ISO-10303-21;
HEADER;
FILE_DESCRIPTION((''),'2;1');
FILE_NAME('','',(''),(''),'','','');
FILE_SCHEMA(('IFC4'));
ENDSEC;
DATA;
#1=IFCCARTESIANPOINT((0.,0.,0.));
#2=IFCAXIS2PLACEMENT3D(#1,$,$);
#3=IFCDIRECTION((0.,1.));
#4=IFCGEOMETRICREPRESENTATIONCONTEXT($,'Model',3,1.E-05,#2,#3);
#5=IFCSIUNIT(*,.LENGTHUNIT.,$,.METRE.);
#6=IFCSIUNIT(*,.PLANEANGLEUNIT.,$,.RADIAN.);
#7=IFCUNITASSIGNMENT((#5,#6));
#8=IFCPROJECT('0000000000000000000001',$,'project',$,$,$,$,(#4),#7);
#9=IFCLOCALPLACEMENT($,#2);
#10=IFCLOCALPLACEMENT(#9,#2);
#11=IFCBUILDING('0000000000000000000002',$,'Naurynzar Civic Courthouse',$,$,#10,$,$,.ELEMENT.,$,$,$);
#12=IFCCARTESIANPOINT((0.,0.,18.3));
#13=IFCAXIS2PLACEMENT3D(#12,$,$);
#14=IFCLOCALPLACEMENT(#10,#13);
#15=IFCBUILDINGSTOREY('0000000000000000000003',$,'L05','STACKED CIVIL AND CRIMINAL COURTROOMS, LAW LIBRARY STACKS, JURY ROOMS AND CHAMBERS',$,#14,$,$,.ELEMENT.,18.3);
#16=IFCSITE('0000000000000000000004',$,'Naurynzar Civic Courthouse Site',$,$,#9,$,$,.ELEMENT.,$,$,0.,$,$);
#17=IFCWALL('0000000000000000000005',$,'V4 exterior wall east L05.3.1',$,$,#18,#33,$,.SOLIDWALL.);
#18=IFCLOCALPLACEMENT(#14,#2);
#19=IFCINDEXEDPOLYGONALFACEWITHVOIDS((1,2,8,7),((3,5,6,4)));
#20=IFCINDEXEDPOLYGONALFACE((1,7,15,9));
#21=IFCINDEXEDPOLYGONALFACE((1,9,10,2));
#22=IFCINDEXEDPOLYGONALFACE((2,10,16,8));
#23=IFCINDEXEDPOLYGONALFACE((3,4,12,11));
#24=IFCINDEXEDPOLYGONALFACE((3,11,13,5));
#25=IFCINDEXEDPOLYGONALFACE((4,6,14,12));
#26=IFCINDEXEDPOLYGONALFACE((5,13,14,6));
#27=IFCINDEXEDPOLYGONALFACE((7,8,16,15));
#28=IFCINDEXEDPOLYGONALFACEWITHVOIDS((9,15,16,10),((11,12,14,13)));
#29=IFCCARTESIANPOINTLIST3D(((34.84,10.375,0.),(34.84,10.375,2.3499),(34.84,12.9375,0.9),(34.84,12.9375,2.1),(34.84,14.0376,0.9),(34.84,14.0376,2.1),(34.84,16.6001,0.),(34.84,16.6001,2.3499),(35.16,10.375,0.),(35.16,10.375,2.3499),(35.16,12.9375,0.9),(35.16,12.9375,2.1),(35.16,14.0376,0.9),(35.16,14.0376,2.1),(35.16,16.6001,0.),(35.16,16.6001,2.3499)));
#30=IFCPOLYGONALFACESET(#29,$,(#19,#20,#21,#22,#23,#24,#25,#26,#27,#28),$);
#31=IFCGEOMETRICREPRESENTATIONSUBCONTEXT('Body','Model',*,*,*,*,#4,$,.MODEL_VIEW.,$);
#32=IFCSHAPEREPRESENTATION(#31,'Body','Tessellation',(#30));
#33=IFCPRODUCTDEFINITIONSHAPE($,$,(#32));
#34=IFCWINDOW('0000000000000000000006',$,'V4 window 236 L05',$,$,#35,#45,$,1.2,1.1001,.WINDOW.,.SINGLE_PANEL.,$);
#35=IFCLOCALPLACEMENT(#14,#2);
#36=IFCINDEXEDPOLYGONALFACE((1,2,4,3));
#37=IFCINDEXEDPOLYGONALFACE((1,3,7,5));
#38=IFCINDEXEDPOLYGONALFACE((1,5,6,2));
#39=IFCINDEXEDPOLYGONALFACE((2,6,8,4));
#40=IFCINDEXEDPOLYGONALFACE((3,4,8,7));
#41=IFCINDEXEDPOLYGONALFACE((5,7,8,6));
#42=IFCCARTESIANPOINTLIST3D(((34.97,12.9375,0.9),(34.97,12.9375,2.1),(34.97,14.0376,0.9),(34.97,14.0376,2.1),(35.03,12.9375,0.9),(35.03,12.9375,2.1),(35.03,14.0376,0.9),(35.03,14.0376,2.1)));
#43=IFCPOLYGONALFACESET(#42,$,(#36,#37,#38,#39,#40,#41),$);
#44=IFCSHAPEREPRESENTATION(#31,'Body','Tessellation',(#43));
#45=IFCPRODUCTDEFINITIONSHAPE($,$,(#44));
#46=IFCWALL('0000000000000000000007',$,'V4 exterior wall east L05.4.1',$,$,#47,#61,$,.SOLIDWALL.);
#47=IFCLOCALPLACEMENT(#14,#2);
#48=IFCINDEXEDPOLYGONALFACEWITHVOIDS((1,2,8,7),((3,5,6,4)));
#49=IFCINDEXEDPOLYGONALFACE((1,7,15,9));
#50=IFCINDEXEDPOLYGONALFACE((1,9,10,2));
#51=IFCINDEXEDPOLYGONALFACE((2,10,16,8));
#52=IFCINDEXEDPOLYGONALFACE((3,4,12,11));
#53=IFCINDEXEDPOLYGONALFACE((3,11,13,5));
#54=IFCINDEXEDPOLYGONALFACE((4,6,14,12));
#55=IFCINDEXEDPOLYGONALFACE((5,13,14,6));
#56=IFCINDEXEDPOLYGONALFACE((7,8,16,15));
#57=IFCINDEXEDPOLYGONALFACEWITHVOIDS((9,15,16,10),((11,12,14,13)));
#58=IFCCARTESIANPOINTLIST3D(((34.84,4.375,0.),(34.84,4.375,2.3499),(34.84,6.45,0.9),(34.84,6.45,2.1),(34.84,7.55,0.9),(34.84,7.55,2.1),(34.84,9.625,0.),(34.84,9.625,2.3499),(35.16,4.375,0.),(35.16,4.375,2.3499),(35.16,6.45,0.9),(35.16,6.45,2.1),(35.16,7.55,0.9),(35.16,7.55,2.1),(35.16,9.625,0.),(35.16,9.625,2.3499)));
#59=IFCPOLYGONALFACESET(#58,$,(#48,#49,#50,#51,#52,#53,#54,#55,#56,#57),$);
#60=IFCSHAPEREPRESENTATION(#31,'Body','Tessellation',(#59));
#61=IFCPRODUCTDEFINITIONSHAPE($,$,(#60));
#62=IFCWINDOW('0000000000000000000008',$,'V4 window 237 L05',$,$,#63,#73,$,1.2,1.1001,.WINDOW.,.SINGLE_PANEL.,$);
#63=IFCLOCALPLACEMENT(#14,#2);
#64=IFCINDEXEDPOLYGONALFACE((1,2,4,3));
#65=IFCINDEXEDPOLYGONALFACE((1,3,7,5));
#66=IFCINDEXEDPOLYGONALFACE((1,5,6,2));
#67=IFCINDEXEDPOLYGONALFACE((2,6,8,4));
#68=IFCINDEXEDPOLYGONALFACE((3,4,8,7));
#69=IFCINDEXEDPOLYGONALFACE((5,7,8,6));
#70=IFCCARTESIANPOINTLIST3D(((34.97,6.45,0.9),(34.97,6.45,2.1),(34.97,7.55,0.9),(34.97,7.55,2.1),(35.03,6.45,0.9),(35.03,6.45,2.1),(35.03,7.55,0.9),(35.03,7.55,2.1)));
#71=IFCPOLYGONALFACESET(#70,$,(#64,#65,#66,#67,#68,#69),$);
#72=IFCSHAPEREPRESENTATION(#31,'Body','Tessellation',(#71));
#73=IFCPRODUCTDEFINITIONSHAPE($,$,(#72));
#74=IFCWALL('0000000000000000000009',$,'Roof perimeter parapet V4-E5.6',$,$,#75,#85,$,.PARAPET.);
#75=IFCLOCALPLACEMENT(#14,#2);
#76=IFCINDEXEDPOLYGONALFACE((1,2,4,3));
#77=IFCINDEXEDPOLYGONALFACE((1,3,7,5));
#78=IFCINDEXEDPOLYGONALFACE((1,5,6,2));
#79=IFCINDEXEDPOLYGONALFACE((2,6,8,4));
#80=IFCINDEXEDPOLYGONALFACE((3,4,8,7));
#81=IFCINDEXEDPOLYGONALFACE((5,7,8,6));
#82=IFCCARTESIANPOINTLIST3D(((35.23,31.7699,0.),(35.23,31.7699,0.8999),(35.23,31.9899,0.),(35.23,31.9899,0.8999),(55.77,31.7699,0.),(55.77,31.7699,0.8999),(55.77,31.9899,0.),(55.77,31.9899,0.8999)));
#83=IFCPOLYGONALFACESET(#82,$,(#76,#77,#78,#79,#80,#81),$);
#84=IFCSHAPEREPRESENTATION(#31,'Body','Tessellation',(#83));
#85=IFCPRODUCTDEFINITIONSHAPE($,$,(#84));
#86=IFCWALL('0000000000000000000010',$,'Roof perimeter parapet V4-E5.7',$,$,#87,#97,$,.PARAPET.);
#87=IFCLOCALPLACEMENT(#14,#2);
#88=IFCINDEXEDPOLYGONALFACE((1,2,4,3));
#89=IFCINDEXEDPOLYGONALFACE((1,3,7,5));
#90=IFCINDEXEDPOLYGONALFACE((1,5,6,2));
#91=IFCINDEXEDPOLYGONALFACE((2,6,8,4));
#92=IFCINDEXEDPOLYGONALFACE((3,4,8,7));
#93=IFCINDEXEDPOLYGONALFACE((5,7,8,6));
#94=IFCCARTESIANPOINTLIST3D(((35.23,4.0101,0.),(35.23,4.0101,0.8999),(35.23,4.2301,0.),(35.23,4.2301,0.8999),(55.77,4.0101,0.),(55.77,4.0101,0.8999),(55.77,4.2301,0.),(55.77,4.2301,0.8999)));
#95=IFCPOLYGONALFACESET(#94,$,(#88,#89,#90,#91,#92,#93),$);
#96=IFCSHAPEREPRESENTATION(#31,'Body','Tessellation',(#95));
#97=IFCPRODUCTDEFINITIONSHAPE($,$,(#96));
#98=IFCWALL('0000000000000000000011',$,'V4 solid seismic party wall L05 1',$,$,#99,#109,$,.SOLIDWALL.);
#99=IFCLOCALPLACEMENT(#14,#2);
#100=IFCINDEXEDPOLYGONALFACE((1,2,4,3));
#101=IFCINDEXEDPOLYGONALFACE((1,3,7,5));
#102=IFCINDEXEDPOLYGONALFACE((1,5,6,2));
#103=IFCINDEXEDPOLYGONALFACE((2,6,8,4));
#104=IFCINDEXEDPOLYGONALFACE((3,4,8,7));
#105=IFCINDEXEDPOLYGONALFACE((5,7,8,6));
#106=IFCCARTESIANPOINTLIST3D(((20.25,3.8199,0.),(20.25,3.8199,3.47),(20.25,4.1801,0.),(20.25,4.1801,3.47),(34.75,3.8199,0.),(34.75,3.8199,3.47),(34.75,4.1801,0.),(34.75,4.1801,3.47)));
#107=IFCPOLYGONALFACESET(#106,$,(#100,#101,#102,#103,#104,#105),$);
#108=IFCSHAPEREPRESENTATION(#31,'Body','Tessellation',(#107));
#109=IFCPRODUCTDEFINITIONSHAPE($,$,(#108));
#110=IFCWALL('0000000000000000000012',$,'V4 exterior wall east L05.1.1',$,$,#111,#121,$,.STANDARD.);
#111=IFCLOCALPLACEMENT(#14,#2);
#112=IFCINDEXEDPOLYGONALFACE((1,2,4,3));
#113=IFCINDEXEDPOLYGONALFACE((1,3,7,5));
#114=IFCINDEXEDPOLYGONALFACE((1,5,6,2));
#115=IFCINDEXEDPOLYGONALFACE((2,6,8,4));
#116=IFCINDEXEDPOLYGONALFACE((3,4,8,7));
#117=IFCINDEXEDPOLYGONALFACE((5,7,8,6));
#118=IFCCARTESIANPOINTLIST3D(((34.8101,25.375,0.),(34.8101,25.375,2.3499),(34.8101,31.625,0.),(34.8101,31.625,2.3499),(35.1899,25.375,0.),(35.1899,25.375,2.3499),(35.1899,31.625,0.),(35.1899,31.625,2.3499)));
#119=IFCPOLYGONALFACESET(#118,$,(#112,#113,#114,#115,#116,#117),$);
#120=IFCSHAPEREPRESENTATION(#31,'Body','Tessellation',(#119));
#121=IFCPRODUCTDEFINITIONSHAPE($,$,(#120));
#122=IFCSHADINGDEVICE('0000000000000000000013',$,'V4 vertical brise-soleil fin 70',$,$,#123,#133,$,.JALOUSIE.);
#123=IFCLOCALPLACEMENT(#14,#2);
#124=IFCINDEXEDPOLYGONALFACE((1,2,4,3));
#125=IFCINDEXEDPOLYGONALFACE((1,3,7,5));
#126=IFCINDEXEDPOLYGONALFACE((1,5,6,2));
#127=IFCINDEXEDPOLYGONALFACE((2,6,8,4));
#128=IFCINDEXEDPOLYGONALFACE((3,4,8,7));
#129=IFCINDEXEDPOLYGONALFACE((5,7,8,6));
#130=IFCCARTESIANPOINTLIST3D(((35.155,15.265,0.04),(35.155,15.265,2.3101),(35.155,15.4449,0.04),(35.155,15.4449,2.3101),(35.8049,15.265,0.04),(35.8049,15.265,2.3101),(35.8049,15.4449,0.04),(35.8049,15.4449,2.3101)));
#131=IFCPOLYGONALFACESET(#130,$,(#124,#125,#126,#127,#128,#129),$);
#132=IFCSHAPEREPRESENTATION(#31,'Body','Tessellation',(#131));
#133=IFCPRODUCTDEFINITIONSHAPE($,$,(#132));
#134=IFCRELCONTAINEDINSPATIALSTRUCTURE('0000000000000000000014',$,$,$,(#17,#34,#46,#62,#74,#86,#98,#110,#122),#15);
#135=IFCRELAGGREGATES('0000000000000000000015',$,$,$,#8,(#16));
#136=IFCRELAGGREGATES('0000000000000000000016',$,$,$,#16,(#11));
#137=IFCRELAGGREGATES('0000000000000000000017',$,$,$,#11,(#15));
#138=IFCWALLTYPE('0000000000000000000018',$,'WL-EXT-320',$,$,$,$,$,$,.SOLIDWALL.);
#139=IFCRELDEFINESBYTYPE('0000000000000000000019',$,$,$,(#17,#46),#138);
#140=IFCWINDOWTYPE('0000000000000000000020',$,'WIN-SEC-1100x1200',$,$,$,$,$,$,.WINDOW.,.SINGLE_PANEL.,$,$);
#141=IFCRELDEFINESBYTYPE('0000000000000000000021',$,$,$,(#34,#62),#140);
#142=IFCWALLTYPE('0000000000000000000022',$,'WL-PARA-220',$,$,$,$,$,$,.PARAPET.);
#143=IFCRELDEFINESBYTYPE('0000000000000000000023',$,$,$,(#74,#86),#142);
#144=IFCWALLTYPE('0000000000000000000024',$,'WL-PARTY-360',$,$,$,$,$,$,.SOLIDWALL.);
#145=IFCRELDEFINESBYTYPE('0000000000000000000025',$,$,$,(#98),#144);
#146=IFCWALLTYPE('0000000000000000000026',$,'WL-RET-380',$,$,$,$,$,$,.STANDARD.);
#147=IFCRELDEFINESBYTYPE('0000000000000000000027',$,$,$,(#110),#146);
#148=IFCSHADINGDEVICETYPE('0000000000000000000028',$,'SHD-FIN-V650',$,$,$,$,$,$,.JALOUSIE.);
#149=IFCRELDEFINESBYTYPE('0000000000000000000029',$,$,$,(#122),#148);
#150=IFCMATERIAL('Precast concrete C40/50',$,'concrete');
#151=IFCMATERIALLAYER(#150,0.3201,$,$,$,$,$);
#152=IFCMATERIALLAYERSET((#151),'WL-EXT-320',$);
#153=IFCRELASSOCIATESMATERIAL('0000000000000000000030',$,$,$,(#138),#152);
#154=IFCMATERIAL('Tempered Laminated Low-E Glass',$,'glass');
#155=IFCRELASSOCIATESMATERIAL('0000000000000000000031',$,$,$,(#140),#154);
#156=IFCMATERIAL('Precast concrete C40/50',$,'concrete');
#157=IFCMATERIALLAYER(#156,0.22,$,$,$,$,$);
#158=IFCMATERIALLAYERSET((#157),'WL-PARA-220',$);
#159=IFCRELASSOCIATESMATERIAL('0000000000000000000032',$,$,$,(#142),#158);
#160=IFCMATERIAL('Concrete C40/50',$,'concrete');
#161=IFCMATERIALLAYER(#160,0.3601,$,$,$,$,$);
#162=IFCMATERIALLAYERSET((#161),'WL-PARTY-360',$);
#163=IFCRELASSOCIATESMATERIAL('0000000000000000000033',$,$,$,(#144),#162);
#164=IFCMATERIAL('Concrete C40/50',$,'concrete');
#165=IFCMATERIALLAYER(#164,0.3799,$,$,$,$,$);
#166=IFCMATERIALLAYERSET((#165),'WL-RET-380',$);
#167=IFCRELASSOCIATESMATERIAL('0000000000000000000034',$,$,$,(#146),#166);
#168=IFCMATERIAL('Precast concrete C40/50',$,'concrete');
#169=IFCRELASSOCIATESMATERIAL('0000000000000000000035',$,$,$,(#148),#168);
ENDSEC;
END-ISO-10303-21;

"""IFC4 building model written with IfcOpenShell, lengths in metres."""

from ifc_helpers import new_model, si_unit, direction, frame, frame_2d, origin, origin_2d, place, context, subcontext, project, spatial, rectangle, extrude, material, layer, layer_set, type_object, element, fill, save


model = new_model("IFC4")

# Units and contexts
model_context = context("Model", 3, precision=1e-05, world=origin(), true_north=direction((0.0, 1.0)))
body_context = subcontext(model_context, "Body", "Model", "MODEL_VIEW")
ifc_project = project(units=[si_unit("LENGTHUNIT", "METRE"), si_unit("PLANEANGLEUNIT", "RADIAN")], contexts=[model_context])

# Site, building, storey
site_placement = place(None, origin())
site = spatial("IfcSite", under=ifc_project, at=site_placement, Name="Naurynzar Civic Courthouse Site", CompositionType="ELEMENT", RefElevation=0.0)
building_placement = place(site_placement, origin())
building = spatial("IfcBuilding", under=site, at=building_placement, Name="Naurynzar Civic Courthouse", CompositionType="ELEMENT")
storey_placement = place(building_placement, frame((0.0, 0.0, 18.3)))
storey = spatial("IfcBuildingStorey", under=building, at=storey_placement, Name="L05", Description="STACKED CIVIL AND CRIMINAL COURTROOMS, LAW LIBRARY STACKS, JURY ROOMS AND CHAMBERS", CompositionType="ELEMENT", Elevation=18.3)

# Walls, openings, windows
ifc_material_1 = material(Name="Precast concrete C40/50", Category="concrete")
ifc_layer_1 = layer(ifc_material_1, 0.3201)
ifc_layer_set_1 = layer_set([ifc_layer_1], Name="WL-EXT-320")
wall_type_1 = type_object("IfcWallType", Name="WL-EXT-320", PredefinedType="SOLIDWALL", material=ifc_layer_set_1)
ifc_material_2 = material(Name="Tempered Laminated Low-E Glass", Category="glass")
window_type = type_object("IfcWindowType", Name="WIN-SEC-1100x1200", PartitioningType="SINGLE_PANEL", PredefinedType="WINDOW", material=ifc_material_2)
wall_1_placement = place(storey_placement, frame((35.0, 16.6001, 0.0), z_axis=(0.0, 0.0, 1.0), x_axis=(0.0, -1.0, 0.0)))
wall_1 = element("IfcWall", 1, at=wall_1_placement, inside=storey, type_object=wall_type_1, Name="V4 exterior wall east L05.3.1", PredefinedType="SOLIDWALL", context=body_context, shape_type="SweptSolid", body=[
    extrude(rectangle(XDim=6.2251, YDim=0.3201, at=frame_2d((3.1125, 0.0))), origin(), (0.0, 0.0, 1.0), 2.3499),
])
opening_1_placement = place(wall_1_placement, frame((2.5625, 0.0, 0.8999)))
opening_1 = element("IfcOpeningElement", 2, at=opening_1_placement, cuts=wall_1, PredefinedType="OPENING", context=body_context, shape_type="SweptSolid", body=[
    extrude(rectangle(XDim=1.1001, YDim=1.2, at=frame_2d((0.55, 0.6001))), frame((0.0, 0.1699, 0.0), z_axis=(0.0, -1.0, 0.0), x_axis=(1.0, 0.0, 0.0)), (0.0, 0.0, 1.0), 0.3401),
])
window_1_placement = place(opening_1_placement, origin())
window_1 = element("IfcWindow", 3, at=window_1_placement, inside=storey, type_object=window_type, Name="V4 window 236 L05", OverallHeight=1.2, OverallWidth=1.1001, PartitioningType="SINGLE_PANEL", PredefinedType="WINDOW", context=body_context, shape_type="SweptSolid", body=[
    extrude(rectangle(XDim=1.1001, YDim=1.2, at=frame_2d((0.55, 0.6001))), frame((0.0, 0.03, 0.0), z_axis=(0.0, -1.0, 0.0), x_axis=(1.0, 0.0, 0.0)), (0.0, 0.0, 1.0), 0.0601),
])
fill(opening_1, window_1)
wall_2_placement = place(storey_placement, frame((35.0, 9.625, 0.0), z_axis=(0.0, 0.0, 1.0), x_axis=(0.0, -1.0, 0.0)))
wall_2 = element("IfcWall", 4, at=wall_2_placement, inside=storey, type_object=wall_type_1, Name="V4 exterior wall east L05.4.1", PredefinedType="SOLIDWALL", context=body_context, shape_type="SweptSolid", body=[
    extrude(rectangle(XDim=5.25, YDim=0.3201, at=frame_2d((2.625, 0.0))), origin(), (0.0, 0.0, 1.0), 2.3499),
])
opening_2_placement = place(wall_2_placement, frame((2.075, 0.0, 0.8999)))
opening_2 = element("IfcOpeningElement", 5, at=opening_2_placement, cuts=wall_2, PredefinedType="OPENING", context=body_context, shape_type="SweptSolid", body=[
    extrude(rectangle(XDim=1.1001, YDim=1.2, at=frame_2d((0.55, 0.6001))), frame((0.0, 0.1699, 0.0), z_axis=(0.0, -1.0, 0.0), x_axis=(1.0, 0.0, 0.0)), (0.0, 0.0, 1.0), 0.3401),
])
window_2_placement = place(opening_2_placement, origin())
window_2 = element("IfcWindow", 6, at=window_2_placement, inside=storey, type_object=window_type, Name="V4 window 237 L05", OverallHeight=1.2, OverallWidth=1.1001, PartitioningType="SINGLE_PANEL", PredefinedType="WINDOW", context=body_context, shape_type="SweptSolid", body=[
    extrude(rectangle(XDim=1.1001, YDim=1.2, at=frame_2d((0.55, 0.6001))), frame((0.0, 0.03, 0.0), z_axis=(0.0, -1.0, 0.0), x_axis=(1.0, 0.0, 0.0)), (0.0, 0.0, 1.0), 0.0601),
])
fill(opening_2, window_2)

# Walls
ifc_material_3 = material(Name="Precast concrete C40/50", Category="concrete")
ifc_layer_2 = layer(ifc_material_3, 0.22)
ifc_layer_set_2 = layer_set([ifc_layer_2], Name="WL-PARA-220")
wall_type_2 = type_object("IfcWallType", Name="WL-PARA-220", PredefinedType="PARAPET", material=ifc_layer_set_2)
for number, where, z_axis, x_axis, name in (
    (7, (35.23, 31.8799, 0.0), (0.0, 0.0, 1.0), (1.0, 0.0, 0.0), "Roof perimeter parapet V4-E5.6"),
    (8, (55.77, 4.1201, 0.0), (0.0, 0.0, 1.0), (-1.0, 0.0, 0.0), "Roof perimeter parapet V4-E5.7"),
):
    element("IfcWall", number, at=place(storey_placement, frame(where, z_axis=z_axis, x_axis=x_axis)), inside=storey, type_object=wall_type_2, Name=name, PredefinedType="PARAPET", context=body_context, shape_type="SweptSolid", body=[
        extrude(rectangle(XDim=20.54, YDim=0.22, at=frame_2d((10.27, 0.0))), origin(), (0.0, 0.0, 1.0), 0.8999),
    ])
ifc_material_4 = material(Name="Concrete C40/50", Category="concrete")
ifc_layer_3 = layer(ifc_material_4, 0.3601)
ifc_layer_set_3 = layer_set([ifc_layer_3], Name="WL-PARTY-360")
wall_type_3 = type_object("IfcWallType", Name="WL-PARTY-360", PredefinedType="SOLIDWALL", material=ifc_layer_set_3)
wall_3_placement = place(storey_placement, frame((34.75, 4.0, 0.0), z_axis=(0.0, 0.0, 1.0), x_axis=(-1.0, 0.0, 0.0)))
element("IfcWall", 9, at=wall_3_placement, inside=storey, type_object=wall_type_3, Name="V4 solid seismic party wall L05 1", PredefinedType="SOLIDWALL", context=body_context, shape_type="SweptSolid", body=[
    extrude(rectangle(XDim=14.5, YDim=0.3601, at=frame_2d((7.25, 0.0))), origin(), (0.0, 0.0, 1.0), 3.47),
])
ifc_material_5 = material(Name="Concrete C40/50", Category="concrete")
ifc_layer_4 = layer(ifc_material_5, 0.3799)
ifc_layer_set_4 = layer_set([ifc_layer_4], Name="WL-RET-380")
wall_type_4 = type_object("IfcWallType", Name="WL-RET-380", PredefinedType="STANDARD", material=ifc_layer_set_4)
wall_4_placement = place(storey_placement, frame((35.0, 31.625, 0.0), z_axis=(0.0, 0.0, 1.0), x_axis=(0.0, -1.0, 0.0)))
element("IfcWall", 10, at=wall_4_placement, inside=storey, type_object=wall_type_4, Name="V4 exterior wall east L05.1.1", PredefinedType="STANDARD", context=body_context, shape_type="SweptSolid", body=[
    extrude(rectangle(XDim=6.25, YDim=0.3799, at=frame_2d((3.125, 0.0))), origin(), (0.0, 0.0, 1.0), 2.3499),
])

# Shading device
ifc_material_6 = material(Name="Precast concrete C40/50", Category="concrete")
shading_device_type = type_object("IfcShadingDeviceType", Name="SHD-FIN-V650", PredefinedType="JALOUSIE", material=ifc_material_6)
shading_device_placement = place(storey_placement, frame((35.48, 15.355, 0.04), z_axis=(0.0, 0.0, 1.0), x_axis=(0.0, -1.0, 0.0)))
element("IfcShadingDevice", 11, at=shading_device_placement, inside=storey, type_object=shading_device_type, Name="V4 vertical brise-soleil fin 70", PredefinedType="JALOUSIE", context=body_context, shape_type="SweptSolid", body=[
    extrude(rectangle(XDim=0.1799, YDim=0.6499, at=origin_2d()), origin(), (0.0, 0.0, 1.0), 2.27),
])

save(model, "model.ifc")
